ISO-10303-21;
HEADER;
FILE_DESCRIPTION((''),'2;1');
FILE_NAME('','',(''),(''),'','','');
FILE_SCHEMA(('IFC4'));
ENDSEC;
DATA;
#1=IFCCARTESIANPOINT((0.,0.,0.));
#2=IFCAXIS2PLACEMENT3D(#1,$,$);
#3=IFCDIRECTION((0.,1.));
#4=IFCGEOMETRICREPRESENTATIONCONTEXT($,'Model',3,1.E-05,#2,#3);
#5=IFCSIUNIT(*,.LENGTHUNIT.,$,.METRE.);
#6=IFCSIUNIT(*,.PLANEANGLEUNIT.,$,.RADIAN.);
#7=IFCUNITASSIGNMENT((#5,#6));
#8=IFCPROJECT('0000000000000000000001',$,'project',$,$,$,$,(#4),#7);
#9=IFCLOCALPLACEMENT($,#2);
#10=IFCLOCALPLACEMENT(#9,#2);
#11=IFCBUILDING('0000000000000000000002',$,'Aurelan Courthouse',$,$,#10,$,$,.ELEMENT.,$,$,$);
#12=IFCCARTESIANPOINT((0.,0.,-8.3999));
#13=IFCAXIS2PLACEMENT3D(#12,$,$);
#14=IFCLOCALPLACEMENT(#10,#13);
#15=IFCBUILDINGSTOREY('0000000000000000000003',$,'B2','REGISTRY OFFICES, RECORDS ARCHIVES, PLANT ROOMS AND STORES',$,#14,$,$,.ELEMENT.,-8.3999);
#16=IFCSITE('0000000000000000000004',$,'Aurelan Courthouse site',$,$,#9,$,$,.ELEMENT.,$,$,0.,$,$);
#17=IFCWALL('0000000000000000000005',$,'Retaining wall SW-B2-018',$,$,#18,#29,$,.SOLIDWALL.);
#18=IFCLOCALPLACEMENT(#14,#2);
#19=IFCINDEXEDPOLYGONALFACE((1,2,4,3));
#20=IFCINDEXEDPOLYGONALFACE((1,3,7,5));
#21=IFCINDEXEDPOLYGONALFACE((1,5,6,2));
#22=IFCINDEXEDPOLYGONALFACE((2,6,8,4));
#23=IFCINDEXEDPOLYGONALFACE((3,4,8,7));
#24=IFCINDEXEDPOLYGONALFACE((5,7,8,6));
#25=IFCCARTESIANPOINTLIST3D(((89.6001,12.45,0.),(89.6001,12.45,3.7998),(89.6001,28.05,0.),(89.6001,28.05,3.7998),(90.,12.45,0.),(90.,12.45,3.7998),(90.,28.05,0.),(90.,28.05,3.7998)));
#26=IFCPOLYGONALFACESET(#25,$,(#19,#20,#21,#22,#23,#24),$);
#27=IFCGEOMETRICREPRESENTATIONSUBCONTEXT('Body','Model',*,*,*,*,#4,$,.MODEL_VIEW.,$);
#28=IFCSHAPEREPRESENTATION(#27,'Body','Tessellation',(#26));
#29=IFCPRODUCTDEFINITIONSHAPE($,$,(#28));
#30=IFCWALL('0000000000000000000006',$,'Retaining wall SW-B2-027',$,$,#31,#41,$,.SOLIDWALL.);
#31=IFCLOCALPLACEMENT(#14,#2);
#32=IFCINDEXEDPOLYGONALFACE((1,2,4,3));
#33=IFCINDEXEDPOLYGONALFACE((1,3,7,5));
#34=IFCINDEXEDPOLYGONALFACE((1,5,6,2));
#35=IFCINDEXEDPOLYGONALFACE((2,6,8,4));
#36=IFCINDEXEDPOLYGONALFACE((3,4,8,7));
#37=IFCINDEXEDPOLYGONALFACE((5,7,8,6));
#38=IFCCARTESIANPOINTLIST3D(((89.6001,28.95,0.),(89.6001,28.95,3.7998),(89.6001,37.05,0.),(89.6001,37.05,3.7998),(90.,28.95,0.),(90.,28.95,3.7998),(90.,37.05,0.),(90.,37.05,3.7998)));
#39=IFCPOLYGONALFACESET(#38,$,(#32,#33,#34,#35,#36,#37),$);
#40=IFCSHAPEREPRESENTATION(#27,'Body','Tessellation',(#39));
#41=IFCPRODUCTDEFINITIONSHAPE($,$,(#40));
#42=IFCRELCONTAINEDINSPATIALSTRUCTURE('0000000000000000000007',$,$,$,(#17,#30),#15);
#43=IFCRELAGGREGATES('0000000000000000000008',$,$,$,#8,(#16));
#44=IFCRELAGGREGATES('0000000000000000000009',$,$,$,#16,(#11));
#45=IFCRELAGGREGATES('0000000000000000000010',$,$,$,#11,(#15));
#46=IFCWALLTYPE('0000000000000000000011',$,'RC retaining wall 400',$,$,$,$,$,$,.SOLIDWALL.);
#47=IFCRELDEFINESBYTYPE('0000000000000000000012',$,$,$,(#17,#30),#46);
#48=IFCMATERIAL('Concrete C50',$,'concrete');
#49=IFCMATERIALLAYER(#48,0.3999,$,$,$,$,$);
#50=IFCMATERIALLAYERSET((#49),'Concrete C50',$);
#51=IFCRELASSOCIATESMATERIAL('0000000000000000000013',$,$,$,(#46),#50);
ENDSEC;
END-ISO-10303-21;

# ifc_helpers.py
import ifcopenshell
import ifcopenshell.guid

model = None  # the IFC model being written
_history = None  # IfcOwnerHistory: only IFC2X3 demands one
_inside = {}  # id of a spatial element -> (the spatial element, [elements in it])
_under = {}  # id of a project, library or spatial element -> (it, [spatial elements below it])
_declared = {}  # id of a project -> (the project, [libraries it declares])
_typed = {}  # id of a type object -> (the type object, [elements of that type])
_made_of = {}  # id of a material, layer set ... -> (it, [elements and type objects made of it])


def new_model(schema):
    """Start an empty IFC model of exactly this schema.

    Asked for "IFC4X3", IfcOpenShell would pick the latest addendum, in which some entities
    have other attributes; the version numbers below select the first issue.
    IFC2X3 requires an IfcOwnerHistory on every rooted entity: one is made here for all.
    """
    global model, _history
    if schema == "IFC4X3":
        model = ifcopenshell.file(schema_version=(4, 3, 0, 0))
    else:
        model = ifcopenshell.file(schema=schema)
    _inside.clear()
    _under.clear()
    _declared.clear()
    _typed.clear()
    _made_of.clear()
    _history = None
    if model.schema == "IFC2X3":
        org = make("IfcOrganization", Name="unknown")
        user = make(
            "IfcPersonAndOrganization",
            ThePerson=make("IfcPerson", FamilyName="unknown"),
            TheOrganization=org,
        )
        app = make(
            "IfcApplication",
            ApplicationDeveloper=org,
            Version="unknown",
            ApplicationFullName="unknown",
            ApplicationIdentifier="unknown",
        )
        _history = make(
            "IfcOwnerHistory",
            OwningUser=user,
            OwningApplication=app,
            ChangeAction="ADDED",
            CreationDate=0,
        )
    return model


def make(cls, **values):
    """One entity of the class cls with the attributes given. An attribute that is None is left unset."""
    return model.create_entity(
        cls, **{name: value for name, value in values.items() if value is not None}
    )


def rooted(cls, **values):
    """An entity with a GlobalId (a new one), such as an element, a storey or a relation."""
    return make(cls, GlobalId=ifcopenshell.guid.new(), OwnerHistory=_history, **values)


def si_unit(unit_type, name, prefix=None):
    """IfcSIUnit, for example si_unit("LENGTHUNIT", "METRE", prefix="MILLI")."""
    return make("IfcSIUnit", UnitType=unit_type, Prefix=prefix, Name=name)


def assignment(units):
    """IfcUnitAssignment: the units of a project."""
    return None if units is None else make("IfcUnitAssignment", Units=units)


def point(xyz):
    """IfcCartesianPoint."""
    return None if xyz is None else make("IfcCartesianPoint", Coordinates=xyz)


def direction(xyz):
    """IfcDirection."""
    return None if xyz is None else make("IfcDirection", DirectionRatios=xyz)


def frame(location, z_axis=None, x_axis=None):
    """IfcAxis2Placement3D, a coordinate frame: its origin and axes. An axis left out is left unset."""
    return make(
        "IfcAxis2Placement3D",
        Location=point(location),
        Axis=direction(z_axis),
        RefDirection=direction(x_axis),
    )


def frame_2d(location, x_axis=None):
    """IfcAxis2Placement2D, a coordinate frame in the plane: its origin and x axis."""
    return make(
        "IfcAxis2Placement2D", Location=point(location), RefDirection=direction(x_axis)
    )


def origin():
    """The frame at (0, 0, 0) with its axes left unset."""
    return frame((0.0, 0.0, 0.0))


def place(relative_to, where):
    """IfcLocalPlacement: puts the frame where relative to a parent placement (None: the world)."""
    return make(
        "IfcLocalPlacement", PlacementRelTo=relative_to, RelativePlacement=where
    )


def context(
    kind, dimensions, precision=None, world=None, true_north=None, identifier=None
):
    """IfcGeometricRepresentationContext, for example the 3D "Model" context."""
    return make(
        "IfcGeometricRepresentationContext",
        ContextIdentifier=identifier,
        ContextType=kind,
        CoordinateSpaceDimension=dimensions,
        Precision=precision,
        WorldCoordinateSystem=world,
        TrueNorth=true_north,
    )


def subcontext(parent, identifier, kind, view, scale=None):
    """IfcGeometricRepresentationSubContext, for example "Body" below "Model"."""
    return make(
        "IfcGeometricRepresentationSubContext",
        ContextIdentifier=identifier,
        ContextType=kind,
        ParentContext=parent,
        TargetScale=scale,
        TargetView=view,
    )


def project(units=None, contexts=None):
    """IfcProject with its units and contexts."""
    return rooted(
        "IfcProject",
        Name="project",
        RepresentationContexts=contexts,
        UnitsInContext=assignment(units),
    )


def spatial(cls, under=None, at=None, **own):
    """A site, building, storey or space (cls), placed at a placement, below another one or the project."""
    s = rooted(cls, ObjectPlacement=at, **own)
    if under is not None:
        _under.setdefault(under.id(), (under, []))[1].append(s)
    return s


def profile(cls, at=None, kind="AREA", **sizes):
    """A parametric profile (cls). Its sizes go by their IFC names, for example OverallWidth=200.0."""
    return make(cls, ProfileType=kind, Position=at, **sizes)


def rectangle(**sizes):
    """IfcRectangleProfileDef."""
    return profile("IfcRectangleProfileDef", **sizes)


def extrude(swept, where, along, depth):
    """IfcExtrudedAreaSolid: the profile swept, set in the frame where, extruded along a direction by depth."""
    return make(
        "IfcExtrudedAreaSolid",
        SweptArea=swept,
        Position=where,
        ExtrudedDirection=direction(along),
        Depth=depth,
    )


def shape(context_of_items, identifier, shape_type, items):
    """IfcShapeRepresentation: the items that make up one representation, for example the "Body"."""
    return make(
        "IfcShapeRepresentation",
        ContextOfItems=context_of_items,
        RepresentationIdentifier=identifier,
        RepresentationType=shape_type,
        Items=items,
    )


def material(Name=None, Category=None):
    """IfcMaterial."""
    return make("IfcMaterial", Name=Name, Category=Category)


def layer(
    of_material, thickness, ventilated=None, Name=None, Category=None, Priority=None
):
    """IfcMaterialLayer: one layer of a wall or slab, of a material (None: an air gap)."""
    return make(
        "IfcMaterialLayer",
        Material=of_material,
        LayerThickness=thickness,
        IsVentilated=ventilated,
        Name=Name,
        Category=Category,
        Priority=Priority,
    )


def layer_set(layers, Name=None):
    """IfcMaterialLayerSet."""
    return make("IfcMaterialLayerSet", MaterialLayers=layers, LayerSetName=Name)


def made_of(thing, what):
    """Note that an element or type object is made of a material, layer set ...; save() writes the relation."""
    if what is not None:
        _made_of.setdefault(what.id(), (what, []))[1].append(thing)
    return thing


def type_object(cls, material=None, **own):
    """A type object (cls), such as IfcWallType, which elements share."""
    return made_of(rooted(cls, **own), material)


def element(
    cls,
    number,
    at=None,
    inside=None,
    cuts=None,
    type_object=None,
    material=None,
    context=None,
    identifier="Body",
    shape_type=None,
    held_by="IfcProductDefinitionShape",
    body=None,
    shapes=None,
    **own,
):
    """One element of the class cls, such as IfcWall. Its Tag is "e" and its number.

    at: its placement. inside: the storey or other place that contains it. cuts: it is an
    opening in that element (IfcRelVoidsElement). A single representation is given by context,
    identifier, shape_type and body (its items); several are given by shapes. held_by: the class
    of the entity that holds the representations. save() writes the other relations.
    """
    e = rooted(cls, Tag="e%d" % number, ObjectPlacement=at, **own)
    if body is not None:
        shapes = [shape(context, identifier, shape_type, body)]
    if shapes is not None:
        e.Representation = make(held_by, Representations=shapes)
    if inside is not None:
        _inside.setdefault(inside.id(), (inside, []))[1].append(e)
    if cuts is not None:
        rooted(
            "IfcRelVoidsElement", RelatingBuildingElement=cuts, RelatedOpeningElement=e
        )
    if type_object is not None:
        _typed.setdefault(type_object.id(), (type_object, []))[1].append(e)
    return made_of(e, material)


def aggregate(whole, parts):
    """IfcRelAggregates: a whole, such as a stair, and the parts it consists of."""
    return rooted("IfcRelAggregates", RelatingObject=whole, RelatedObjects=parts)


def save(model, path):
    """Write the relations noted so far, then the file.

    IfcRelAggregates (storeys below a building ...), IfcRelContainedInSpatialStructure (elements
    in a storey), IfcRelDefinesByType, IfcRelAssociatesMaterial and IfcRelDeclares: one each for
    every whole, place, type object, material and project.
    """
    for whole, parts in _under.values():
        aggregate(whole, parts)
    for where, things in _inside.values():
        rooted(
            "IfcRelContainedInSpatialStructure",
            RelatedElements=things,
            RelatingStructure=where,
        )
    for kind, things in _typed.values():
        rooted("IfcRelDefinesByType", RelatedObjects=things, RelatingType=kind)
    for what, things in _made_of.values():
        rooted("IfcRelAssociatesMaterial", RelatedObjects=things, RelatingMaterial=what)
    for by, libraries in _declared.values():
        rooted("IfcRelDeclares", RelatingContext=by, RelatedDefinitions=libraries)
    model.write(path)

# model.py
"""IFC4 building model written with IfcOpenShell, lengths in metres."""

from ifc_helpers import new_model, si_unit, direction, frame, frame_2d, origin, place, context, subcontext, project, spatial, rectangle, extrude, material, layer, layer_set, type_object, element, save


model = new_model("IFC4")

# Units and contexts
model_context = context("Model", 3, precision=1e-05, world=origin(), true_north=direction((0.0, 1.0)))
body_context = subcontext(model_context, "Body", "Model", "MODEL_VIEW")
ifc_project = project(units=[si_unit("LENGTHUNIT", "METRE"), si_unit("PLANEANGLEUNIT", "RADIAN")], contexts=[model_context])

# Site, building, storey
site_placement = place(None, origin())
site = spatial("IfcSite", under=ifc_project, at=site_placement, Name="Aurelan Courthouse site", CompositionType="ELEMENT", RefElevation=0.0)
building_placement = place(site_placement, origin())
building = spatial("IfcBuilding", under=site, at=building_placement, Name="Aurelan Courthouse", CompositionType="ELEMENT")
storey_placement = place(building_placement, frame((0.0, 0.0, -8.3999)))
storey = spatial("IfcBuildingStorey", under=building, at=storey_placement, Name="B2", Description="REGISTRY OFFICES, RECORDS ARCHIVES, PLANT ROOMS AND STORES", CompositionType="ELEMENT", Elevation=-8.3999)

# Shared definitions
ifc_material_1 = material(Name="Concrete C50", Category="concrete")

# Walls
ifc_layer_1 = layer(ifc_material_1, 0.3999)
ifc_layer_set_1 = layer_set([ifc_layer_1], Name="Concrete C50")
wall_type_1 = type_object("IfcWallType", Name="RC retaining wall 400", PredefinedType="SOLIDWALL", material=ifc_layer_set_1)
wall_1_placement = place(storey_placement, frame((89.8, 12.45, 0.0), z_axis=(0.0, 0.0, 1.0), x_axis=(0.0, 1.0, 0.0)))
element("IfcWall", 1, at=wall_1_placement, inside=storey, type_object=wall_type_1, Name="Retaining wall SW-B2-018", PredefinedType="SOLIDWALL", context=body_context, shape_type="SweptSolid", body=[
    extrude(rectangle(XDim=15.6001, YDim=0.3999, at=frame_2d((7.8, 0.0))), origin(), (0.0, 0.0, 1.0), 3.7998),
])
wall_2_placement = place(storey_placement, frame((89.8, 28.95, 0.0), z_axis=(0.0, 0.0, 1.0), x_axis=(0.0, 1.0, 0.0)))
element("IfcWall", 2, at=wall_2_placement, inside=storey, type_object=wall_type_1, Name="Retaining wall SW-B2-027", PredefinedType="SOLIDWALL", context=body_context, shape_type="SweptSolid", body=[
    extrude(rectangle(XDim=8.1001, YDim=0.3999, at=frame_2d((4.05, 0.0))), origin(), (0.0, 0.0, 1.0), 3.7998),
])

save(model, "model.ifc")
